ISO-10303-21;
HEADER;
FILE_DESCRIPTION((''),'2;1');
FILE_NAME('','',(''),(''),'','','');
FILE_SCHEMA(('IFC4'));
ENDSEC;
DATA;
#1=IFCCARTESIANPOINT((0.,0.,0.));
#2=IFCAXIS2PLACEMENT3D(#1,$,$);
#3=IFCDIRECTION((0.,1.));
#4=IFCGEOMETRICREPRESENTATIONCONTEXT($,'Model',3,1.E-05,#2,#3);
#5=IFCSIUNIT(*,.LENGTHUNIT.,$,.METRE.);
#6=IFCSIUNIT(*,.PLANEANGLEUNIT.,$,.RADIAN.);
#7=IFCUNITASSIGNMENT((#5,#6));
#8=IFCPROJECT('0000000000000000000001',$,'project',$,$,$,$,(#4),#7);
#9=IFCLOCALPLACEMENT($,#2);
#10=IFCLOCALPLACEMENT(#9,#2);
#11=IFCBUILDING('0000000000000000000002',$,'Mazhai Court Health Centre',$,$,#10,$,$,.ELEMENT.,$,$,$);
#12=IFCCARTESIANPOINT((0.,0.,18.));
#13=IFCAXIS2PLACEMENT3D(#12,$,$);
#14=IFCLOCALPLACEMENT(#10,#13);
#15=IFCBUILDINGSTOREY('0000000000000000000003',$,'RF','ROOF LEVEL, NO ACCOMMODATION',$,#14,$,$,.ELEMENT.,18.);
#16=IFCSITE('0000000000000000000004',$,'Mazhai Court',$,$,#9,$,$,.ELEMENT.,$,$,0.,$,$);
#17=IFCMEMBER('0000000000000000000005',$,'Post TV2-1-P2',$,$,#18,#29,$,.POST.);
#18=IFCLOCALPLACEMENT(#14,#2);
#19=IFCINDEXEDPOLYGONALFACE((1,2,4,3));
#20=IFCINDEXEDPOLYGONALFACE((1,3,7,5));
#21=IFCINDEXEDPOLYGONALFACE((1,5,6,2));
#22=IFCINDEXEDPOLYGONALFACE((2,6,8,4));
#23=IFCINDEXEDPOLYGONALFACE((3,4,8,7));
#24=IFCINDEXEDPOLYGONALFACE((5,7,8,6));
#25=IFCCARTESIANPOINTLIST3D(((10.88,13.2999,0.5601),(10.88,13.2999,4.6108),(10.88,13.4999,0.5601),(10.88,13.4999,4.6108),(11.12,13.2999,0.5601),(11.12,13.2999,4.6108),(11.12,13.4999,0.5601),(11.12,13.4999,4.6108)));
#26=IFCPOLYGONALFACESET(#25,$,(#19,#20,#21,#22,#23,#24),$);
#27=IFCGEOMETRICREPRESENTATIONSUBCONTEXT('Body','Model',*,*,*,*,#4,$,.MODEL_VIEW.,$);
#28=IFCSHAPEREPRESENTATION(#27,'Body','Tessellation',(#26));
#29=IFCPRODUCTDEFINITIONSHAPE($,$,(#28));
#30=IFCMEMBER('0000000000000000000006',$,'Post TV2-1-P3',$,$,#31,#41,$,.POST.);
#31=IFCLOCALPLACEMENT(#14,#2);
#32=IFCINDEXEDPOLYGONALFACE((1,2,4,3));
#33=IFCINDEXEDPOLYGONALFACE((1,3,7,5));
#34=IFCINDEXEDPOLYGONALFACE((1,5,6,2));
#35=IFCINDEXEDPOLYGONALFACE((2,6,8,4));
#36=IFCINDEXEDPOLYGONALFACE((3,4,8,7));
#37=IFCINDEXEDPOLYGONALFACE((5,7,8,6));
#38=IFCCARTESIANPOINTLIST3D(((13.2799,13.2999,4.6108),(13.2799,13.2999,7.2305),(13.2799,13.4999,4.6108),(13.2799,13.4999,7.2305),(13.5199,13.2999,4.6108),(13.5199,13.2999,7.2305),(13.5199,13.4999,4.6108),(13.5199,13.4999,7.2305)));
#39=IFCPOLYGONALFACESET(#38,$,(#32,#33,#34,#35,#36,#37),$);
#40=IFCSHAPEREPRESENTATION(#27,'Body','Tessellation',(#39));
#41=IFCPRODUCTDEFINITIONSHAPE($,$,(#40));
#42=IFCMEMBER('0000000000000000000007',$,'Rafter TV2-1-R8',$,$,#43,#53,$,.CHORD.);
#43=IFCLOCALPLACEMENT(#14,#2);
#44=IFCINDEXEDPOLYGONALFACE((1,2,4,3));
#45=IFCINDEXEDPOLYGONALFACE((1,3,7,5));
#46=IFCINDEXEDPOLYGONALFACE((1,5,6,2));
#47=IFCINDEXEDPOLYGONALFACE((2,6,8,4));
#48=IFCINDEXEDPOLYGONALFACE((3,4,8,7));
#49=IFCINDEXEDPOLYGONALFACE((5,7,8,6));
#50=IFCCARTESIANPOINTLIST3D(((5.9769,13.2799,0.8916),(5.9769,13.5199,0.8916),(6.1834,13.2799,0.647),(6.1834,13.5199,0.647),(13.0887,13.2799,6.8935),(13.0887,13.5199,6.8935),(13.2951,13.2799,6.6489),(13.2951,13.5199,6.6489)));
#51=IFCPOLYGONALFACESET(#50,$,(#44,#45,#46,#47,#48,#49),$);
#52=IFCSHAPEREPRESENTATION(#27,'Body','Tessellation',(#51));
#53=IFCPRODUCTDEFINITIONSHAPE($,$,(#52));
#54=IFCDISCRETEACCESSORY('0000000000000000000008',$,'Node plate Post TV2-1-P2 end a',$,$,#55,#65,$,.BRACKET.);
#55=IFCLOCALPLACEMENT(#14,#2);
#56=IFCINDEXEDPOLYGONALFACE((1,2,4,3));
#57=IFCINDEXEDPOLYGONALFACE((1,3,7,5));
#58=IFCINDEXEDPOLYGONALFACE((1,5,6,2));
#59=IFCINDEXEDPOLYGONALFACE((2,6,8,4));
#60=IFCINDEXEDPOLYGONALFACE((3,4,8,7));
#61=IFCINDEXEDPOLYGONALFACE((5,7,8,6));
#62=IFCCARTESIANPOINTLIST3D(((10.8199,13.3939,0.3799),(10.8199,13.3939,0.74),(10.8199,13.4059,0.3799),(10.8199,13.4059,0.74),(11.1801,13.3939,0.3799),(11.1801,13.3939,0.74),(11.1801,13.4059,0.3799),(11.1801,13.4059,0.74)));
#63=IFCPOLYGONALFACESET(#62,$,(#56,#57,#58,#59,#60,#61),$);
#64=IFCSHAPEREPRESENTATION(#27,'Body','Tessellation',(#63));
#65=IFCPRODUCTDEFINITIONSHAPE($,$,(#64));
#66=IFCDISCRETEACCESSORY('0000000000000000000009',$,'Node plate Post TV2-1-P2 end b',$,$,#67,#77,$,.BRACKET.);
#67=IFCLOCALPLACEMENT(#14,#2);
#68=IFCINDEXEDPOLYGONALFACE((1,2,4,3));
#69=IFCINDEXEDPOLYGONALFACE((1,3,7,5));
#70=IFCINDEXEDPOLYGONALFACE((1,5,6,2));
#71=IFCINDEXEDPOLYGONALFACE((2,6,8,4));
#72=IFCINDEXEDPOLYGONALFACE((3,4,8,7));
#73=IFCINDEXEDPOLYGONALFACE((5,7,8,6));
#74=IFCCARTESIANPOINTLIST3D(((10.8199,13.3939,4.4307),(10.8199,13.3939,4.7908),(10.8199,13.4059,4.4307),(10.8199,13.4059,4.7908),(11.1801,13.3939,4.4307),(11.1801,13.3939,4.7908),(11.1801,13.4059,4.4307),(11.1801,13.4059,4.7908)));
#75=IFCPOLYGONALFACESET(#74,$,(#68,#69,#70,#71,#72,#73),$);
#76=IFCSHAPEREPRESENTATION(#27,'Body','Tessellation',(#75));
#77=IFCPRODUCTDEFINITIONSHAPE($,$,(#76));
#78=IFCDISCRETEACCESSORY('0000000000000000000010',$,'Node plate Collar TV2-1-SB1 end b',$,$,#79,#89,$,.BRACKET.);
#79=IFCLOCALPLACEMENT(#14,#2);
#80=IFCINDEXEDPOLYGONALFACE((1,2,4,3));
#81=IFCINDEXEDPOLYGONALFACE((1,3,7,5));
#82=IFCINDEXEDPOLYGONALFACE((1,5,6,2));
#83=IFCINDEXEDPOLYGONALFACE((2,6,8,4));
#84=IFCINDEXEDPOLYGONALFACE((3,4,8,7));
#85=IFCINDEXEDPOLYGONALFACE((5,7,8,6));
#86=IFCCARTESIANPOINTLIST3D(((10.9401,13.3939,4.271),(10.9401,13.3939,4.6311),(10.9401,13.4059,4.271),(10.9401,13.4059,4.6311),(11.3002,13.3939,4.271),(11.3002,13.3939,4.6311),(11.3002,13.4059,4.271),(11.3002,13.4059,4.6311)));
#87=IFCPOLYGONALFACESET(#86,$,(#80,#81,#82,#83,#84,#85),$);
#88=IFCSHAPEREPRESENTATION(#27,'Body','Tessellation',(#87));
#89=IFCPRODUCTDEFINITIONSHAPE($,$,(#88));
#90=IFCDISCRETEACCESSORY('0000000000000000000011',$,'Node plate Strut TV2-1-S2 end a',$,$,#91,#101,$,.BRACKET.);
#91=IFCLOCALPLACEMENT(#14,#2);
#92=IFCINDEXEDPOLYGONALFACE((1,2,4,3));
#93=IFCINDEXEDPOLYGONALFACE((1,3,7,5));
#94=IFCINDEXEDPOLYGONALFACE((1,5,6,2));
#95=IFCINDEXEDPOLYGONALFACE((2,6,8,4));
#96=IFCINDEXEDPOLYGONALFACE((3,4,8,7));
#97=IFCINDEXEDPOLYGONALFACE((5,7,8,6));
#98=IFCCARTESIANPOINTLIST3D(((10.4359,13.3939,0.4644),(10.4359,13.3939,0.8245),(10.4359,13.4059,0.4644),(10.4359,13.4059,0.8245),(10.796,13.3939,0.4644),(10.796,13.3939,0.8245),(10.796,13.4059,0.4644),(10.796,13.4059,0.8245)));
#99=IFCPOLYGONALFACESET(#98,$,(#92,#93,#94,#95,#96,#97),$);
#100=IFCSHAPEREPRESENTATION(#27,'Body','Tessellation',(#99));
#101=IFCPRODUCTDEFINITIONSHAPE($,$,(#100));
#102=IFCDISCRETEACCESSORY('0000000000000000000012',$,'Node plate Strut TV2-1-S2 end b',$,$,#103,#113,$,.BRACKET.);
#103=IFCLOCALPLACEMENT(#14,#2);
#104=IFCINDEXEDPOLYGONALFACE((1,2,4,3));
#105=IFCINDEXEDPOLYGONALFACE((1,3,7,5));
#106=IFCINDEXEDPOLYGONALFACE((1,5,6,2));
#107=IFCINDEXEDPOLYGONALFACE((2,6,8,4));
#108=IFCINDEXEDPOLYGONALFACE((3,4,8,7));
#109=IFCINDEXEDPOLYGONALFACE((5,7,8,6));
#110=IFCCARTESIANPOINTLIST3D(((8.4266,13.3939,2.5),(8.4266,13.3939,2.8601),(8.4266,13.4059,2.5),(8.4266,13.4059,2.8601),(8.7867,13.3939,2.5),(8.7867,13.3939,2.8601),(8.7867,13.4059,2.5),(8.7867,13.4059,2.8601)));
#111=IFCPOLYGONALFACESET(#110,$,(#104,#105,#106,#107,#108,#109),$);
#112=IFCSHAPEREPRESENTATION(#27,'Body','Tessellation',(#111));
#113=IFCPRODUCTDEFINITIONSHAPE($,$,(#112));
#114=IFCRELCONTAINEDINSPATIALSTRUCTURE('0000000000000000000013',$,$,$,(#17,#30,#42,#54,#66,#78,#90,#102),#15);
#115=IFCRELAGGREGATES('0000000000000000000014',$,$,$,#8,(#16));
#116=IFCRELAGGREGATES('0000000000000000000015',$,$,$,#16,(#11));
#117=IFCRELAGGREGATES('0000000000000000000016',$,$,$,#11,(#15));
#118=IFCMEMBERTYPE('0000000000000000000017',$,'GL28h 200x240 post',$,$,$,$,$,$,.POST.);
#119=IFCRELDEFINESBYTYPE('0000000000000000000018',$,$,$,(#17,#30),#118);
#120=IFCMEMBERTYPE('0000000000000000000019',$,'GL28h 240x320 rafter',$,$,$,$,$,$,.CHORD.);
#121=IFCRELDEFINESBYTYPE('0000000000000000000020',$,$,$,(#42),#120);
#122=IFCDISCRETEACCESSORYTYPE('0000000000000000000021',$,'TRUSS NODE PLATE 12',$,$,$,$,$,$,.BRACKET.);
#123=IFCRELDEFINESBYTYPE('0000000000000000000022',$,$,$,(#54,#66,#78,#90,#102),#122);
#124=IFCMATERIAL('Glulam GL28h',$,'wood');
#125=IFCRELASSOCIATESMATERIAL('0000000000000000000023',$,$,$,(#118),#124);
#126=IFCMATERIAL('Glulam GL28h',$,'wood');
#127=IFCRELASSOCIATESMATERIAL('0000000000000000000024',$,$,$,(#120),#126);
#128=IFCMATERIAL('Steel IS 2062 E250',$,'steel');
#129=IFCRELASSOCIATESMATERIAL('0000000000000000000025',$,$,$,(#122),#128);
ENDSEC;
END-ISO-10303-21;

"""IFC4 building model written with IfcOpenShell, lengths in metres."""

from ifc_helpers import new_model, si_unit, direction, frame, origin, origin_2d, place, context, subcontext, project, spatial, rectangle, extrude, material, material_profile, profile_set, type_object, element, save


model = new_model("IFC4")

# Units and contexts
model_context = context("Model", 3, precision=1e-05, world=origin(), true_north=direction((0.0, 1.0)))
body_context = subcontext(model_context, "Body", "Model", "MODEL_VIEW")
ifc_project = project(units=[si_unit("LENGTHUNIT", "METRE"), si_unit("PLANEANGLEUNIT", "RADIAN")], contexts=[model_context])

# Site, building, storey
site_placement = place(None, origin())
site = spatial("IfcSite", under=ifc_project, at=site_placement, Name="Mazhai Court", CompositionType="ELEMENT", RefElevation=0.0)
building_placement = place(site_placement, origin())
building = spatial("IfcBuilding", under=site, at=building_placement, Name="Mazhai Court Health Centre", CompositionType="ELEMENT")
storey_placement = place(building_placement, frame((0.0, 0.0, 18.0)))
storey = spatial("IfcBuildingStorey", under=building, at=storey_placement, Name="RF", Description="ROOF LEVEL, NO ACCOMMODATION", CompositionType="ELEMENT", Elevation=18.0)

# Members
ifc_material_1 = material(Name="Glulam GL28h", Category="wood")
ifc_material_profile_1 = material_profile(ifc_material_1, rectangle(XDim=0.2, YDim=0.24, at=origin_2d()), Name="GL28h 200x240")
ifc_profile_set_1 = profile_set([ifc_material_profile_1], Name="Glulam GL28h")
member_type_1 = type_object("IfcMemberType", Name="GL28h 200x240 post", PredefinedType="POST", material=ifc_profile_set_1)
member_1_placement = place(storey_placement, frame((11.0, 13.3999, 0.5601), z_axis=(0.0, 0.0, 1.0), x_axis=(0.0, 1.0, 0.0)))
element("IfcMember", 1, at=member_1_placement, inside=storey, type_object=member_type_1, Name="Post TV2-1-P2", PredefinedType="POST", context=body_context, shape_type="SweptSolid", body=[
    extrude(rectangle(XDim=0.2, YDim=0.24, at=origin_2d()), origin(), (0.0, 0.0, 1.0), 4.0508),
])
member_2_placement = place(storey_placement, frame((13.3999, 13.3999, 4.6108), z_axis=(0.0, 0.0, 1.0), x_axis=(0.0, 1.0, 0.0)))
element("IfcMember", 2, at=member_2_placement, inside=storey, type_object=member_type_1, Name="Post TV2-1-P3", PredefinedType="POST", context=body_context, shape_type="SweptSolid", body=[
    extrude(rectangle(XDim=0.2, YDim=0.24, at=origin_2d()), origin(), (0.0, 0.0, 1.0), 2.6196),
])
ifc_material_2 = material(Name="Glulam GL28h", Category="wood")
ifc_material_profile_2 = material_profile(ifc_material_2, rectangle(XDim=0.24, YDim=0.3201, at=origin_2d()), Name="GL28h 240x320")
ifc_profile_set_2 = profile_set([ifc_material_profile_2], Name="Glulam GL28h")
member_type_2 = type_object("IfcMemberType", Name="GL28h 240x320 rafter", PredefinedType="CHORD", material=ifc_profile_set_2)
member_3_placement = place(storey_placement, frame((13.1919, 13.3999, 6.7712), z_axis=(-0.76422, 0.0, -0.644956), x_axis=(0.0, -1.0, 0.0)))
element("IfcMember", 3, at=member_3_placement, inside=storey, type_object=member_type_2, Name="Rafter TV2-1-R8", PredefinedType="CHORD", context=body_context, shape_type="SweptSolid", body=[
    extrude(rectangle(XDim=0.24, YDim=0.3201, at=origin_2d()), origin(), (0.0, 0.0, 1.0), 9.3059),
])

# Discrete accessories
ifc_material_3 = material(Name="Steel IS 2062 E250", Category="steel")
discrete_accessory_type = type_object("IfcDiscreteAccessoryType", Name="TRUSS NODE PLATE 12", PredefinedType="BRACKET", material=ifc_material_3)
for number, where, z_axis, x_axis, name in (
    (4, (11.0, 13.3999, 0.3799), (0.0, 0.0, 1.0), (1.0, 0.0, 0.0), "Node plate Post TV2-1-P2 end a"),
    (5, (11.0, 13.3999, 4.4307), (0.0, 0.0, 1.0), (1.0, 0.0, 0.0), "Node plate Post TV2-1-P2 end b"),
    (6, (11.1201, 13.3999, 4.271), (0.0, 0.0, 1.0), (1.0, 0.0, 0.0), "Node plate Collar TV2-1-SB1 end b"),
    (7, (10.616, 13.3999, 0.4644), (0.0, 0.0, 1.0), (1.0, 0.0, 0.0), "Node plate Strut TV2-1-S2 end a"),
    (8, (8.6067, 13.3999, 2.5), (0.0, 0.0, 1.0), (1.0, 0.0, 0.0), "Node plate Strut TV2-1-S2 end b"),
):
    element("IfcDiscreteAccessory", number, at=place(storey_placement, frame(where, z_axis=z_axis, x_axis=x_axis)), inside=storey, type_object=discrete_accessory_type, Name=name, PredefinedType="BRACKET", context=body_context, shape_type="SweptSolid", body=[
        extrude(rectangle(XDim=0.3601, YDim=0.012, at=origin_2d()), origin(), (0.0, 0.0, 1.0), 0.3601),
    ])

save(model, "model.ifc")
